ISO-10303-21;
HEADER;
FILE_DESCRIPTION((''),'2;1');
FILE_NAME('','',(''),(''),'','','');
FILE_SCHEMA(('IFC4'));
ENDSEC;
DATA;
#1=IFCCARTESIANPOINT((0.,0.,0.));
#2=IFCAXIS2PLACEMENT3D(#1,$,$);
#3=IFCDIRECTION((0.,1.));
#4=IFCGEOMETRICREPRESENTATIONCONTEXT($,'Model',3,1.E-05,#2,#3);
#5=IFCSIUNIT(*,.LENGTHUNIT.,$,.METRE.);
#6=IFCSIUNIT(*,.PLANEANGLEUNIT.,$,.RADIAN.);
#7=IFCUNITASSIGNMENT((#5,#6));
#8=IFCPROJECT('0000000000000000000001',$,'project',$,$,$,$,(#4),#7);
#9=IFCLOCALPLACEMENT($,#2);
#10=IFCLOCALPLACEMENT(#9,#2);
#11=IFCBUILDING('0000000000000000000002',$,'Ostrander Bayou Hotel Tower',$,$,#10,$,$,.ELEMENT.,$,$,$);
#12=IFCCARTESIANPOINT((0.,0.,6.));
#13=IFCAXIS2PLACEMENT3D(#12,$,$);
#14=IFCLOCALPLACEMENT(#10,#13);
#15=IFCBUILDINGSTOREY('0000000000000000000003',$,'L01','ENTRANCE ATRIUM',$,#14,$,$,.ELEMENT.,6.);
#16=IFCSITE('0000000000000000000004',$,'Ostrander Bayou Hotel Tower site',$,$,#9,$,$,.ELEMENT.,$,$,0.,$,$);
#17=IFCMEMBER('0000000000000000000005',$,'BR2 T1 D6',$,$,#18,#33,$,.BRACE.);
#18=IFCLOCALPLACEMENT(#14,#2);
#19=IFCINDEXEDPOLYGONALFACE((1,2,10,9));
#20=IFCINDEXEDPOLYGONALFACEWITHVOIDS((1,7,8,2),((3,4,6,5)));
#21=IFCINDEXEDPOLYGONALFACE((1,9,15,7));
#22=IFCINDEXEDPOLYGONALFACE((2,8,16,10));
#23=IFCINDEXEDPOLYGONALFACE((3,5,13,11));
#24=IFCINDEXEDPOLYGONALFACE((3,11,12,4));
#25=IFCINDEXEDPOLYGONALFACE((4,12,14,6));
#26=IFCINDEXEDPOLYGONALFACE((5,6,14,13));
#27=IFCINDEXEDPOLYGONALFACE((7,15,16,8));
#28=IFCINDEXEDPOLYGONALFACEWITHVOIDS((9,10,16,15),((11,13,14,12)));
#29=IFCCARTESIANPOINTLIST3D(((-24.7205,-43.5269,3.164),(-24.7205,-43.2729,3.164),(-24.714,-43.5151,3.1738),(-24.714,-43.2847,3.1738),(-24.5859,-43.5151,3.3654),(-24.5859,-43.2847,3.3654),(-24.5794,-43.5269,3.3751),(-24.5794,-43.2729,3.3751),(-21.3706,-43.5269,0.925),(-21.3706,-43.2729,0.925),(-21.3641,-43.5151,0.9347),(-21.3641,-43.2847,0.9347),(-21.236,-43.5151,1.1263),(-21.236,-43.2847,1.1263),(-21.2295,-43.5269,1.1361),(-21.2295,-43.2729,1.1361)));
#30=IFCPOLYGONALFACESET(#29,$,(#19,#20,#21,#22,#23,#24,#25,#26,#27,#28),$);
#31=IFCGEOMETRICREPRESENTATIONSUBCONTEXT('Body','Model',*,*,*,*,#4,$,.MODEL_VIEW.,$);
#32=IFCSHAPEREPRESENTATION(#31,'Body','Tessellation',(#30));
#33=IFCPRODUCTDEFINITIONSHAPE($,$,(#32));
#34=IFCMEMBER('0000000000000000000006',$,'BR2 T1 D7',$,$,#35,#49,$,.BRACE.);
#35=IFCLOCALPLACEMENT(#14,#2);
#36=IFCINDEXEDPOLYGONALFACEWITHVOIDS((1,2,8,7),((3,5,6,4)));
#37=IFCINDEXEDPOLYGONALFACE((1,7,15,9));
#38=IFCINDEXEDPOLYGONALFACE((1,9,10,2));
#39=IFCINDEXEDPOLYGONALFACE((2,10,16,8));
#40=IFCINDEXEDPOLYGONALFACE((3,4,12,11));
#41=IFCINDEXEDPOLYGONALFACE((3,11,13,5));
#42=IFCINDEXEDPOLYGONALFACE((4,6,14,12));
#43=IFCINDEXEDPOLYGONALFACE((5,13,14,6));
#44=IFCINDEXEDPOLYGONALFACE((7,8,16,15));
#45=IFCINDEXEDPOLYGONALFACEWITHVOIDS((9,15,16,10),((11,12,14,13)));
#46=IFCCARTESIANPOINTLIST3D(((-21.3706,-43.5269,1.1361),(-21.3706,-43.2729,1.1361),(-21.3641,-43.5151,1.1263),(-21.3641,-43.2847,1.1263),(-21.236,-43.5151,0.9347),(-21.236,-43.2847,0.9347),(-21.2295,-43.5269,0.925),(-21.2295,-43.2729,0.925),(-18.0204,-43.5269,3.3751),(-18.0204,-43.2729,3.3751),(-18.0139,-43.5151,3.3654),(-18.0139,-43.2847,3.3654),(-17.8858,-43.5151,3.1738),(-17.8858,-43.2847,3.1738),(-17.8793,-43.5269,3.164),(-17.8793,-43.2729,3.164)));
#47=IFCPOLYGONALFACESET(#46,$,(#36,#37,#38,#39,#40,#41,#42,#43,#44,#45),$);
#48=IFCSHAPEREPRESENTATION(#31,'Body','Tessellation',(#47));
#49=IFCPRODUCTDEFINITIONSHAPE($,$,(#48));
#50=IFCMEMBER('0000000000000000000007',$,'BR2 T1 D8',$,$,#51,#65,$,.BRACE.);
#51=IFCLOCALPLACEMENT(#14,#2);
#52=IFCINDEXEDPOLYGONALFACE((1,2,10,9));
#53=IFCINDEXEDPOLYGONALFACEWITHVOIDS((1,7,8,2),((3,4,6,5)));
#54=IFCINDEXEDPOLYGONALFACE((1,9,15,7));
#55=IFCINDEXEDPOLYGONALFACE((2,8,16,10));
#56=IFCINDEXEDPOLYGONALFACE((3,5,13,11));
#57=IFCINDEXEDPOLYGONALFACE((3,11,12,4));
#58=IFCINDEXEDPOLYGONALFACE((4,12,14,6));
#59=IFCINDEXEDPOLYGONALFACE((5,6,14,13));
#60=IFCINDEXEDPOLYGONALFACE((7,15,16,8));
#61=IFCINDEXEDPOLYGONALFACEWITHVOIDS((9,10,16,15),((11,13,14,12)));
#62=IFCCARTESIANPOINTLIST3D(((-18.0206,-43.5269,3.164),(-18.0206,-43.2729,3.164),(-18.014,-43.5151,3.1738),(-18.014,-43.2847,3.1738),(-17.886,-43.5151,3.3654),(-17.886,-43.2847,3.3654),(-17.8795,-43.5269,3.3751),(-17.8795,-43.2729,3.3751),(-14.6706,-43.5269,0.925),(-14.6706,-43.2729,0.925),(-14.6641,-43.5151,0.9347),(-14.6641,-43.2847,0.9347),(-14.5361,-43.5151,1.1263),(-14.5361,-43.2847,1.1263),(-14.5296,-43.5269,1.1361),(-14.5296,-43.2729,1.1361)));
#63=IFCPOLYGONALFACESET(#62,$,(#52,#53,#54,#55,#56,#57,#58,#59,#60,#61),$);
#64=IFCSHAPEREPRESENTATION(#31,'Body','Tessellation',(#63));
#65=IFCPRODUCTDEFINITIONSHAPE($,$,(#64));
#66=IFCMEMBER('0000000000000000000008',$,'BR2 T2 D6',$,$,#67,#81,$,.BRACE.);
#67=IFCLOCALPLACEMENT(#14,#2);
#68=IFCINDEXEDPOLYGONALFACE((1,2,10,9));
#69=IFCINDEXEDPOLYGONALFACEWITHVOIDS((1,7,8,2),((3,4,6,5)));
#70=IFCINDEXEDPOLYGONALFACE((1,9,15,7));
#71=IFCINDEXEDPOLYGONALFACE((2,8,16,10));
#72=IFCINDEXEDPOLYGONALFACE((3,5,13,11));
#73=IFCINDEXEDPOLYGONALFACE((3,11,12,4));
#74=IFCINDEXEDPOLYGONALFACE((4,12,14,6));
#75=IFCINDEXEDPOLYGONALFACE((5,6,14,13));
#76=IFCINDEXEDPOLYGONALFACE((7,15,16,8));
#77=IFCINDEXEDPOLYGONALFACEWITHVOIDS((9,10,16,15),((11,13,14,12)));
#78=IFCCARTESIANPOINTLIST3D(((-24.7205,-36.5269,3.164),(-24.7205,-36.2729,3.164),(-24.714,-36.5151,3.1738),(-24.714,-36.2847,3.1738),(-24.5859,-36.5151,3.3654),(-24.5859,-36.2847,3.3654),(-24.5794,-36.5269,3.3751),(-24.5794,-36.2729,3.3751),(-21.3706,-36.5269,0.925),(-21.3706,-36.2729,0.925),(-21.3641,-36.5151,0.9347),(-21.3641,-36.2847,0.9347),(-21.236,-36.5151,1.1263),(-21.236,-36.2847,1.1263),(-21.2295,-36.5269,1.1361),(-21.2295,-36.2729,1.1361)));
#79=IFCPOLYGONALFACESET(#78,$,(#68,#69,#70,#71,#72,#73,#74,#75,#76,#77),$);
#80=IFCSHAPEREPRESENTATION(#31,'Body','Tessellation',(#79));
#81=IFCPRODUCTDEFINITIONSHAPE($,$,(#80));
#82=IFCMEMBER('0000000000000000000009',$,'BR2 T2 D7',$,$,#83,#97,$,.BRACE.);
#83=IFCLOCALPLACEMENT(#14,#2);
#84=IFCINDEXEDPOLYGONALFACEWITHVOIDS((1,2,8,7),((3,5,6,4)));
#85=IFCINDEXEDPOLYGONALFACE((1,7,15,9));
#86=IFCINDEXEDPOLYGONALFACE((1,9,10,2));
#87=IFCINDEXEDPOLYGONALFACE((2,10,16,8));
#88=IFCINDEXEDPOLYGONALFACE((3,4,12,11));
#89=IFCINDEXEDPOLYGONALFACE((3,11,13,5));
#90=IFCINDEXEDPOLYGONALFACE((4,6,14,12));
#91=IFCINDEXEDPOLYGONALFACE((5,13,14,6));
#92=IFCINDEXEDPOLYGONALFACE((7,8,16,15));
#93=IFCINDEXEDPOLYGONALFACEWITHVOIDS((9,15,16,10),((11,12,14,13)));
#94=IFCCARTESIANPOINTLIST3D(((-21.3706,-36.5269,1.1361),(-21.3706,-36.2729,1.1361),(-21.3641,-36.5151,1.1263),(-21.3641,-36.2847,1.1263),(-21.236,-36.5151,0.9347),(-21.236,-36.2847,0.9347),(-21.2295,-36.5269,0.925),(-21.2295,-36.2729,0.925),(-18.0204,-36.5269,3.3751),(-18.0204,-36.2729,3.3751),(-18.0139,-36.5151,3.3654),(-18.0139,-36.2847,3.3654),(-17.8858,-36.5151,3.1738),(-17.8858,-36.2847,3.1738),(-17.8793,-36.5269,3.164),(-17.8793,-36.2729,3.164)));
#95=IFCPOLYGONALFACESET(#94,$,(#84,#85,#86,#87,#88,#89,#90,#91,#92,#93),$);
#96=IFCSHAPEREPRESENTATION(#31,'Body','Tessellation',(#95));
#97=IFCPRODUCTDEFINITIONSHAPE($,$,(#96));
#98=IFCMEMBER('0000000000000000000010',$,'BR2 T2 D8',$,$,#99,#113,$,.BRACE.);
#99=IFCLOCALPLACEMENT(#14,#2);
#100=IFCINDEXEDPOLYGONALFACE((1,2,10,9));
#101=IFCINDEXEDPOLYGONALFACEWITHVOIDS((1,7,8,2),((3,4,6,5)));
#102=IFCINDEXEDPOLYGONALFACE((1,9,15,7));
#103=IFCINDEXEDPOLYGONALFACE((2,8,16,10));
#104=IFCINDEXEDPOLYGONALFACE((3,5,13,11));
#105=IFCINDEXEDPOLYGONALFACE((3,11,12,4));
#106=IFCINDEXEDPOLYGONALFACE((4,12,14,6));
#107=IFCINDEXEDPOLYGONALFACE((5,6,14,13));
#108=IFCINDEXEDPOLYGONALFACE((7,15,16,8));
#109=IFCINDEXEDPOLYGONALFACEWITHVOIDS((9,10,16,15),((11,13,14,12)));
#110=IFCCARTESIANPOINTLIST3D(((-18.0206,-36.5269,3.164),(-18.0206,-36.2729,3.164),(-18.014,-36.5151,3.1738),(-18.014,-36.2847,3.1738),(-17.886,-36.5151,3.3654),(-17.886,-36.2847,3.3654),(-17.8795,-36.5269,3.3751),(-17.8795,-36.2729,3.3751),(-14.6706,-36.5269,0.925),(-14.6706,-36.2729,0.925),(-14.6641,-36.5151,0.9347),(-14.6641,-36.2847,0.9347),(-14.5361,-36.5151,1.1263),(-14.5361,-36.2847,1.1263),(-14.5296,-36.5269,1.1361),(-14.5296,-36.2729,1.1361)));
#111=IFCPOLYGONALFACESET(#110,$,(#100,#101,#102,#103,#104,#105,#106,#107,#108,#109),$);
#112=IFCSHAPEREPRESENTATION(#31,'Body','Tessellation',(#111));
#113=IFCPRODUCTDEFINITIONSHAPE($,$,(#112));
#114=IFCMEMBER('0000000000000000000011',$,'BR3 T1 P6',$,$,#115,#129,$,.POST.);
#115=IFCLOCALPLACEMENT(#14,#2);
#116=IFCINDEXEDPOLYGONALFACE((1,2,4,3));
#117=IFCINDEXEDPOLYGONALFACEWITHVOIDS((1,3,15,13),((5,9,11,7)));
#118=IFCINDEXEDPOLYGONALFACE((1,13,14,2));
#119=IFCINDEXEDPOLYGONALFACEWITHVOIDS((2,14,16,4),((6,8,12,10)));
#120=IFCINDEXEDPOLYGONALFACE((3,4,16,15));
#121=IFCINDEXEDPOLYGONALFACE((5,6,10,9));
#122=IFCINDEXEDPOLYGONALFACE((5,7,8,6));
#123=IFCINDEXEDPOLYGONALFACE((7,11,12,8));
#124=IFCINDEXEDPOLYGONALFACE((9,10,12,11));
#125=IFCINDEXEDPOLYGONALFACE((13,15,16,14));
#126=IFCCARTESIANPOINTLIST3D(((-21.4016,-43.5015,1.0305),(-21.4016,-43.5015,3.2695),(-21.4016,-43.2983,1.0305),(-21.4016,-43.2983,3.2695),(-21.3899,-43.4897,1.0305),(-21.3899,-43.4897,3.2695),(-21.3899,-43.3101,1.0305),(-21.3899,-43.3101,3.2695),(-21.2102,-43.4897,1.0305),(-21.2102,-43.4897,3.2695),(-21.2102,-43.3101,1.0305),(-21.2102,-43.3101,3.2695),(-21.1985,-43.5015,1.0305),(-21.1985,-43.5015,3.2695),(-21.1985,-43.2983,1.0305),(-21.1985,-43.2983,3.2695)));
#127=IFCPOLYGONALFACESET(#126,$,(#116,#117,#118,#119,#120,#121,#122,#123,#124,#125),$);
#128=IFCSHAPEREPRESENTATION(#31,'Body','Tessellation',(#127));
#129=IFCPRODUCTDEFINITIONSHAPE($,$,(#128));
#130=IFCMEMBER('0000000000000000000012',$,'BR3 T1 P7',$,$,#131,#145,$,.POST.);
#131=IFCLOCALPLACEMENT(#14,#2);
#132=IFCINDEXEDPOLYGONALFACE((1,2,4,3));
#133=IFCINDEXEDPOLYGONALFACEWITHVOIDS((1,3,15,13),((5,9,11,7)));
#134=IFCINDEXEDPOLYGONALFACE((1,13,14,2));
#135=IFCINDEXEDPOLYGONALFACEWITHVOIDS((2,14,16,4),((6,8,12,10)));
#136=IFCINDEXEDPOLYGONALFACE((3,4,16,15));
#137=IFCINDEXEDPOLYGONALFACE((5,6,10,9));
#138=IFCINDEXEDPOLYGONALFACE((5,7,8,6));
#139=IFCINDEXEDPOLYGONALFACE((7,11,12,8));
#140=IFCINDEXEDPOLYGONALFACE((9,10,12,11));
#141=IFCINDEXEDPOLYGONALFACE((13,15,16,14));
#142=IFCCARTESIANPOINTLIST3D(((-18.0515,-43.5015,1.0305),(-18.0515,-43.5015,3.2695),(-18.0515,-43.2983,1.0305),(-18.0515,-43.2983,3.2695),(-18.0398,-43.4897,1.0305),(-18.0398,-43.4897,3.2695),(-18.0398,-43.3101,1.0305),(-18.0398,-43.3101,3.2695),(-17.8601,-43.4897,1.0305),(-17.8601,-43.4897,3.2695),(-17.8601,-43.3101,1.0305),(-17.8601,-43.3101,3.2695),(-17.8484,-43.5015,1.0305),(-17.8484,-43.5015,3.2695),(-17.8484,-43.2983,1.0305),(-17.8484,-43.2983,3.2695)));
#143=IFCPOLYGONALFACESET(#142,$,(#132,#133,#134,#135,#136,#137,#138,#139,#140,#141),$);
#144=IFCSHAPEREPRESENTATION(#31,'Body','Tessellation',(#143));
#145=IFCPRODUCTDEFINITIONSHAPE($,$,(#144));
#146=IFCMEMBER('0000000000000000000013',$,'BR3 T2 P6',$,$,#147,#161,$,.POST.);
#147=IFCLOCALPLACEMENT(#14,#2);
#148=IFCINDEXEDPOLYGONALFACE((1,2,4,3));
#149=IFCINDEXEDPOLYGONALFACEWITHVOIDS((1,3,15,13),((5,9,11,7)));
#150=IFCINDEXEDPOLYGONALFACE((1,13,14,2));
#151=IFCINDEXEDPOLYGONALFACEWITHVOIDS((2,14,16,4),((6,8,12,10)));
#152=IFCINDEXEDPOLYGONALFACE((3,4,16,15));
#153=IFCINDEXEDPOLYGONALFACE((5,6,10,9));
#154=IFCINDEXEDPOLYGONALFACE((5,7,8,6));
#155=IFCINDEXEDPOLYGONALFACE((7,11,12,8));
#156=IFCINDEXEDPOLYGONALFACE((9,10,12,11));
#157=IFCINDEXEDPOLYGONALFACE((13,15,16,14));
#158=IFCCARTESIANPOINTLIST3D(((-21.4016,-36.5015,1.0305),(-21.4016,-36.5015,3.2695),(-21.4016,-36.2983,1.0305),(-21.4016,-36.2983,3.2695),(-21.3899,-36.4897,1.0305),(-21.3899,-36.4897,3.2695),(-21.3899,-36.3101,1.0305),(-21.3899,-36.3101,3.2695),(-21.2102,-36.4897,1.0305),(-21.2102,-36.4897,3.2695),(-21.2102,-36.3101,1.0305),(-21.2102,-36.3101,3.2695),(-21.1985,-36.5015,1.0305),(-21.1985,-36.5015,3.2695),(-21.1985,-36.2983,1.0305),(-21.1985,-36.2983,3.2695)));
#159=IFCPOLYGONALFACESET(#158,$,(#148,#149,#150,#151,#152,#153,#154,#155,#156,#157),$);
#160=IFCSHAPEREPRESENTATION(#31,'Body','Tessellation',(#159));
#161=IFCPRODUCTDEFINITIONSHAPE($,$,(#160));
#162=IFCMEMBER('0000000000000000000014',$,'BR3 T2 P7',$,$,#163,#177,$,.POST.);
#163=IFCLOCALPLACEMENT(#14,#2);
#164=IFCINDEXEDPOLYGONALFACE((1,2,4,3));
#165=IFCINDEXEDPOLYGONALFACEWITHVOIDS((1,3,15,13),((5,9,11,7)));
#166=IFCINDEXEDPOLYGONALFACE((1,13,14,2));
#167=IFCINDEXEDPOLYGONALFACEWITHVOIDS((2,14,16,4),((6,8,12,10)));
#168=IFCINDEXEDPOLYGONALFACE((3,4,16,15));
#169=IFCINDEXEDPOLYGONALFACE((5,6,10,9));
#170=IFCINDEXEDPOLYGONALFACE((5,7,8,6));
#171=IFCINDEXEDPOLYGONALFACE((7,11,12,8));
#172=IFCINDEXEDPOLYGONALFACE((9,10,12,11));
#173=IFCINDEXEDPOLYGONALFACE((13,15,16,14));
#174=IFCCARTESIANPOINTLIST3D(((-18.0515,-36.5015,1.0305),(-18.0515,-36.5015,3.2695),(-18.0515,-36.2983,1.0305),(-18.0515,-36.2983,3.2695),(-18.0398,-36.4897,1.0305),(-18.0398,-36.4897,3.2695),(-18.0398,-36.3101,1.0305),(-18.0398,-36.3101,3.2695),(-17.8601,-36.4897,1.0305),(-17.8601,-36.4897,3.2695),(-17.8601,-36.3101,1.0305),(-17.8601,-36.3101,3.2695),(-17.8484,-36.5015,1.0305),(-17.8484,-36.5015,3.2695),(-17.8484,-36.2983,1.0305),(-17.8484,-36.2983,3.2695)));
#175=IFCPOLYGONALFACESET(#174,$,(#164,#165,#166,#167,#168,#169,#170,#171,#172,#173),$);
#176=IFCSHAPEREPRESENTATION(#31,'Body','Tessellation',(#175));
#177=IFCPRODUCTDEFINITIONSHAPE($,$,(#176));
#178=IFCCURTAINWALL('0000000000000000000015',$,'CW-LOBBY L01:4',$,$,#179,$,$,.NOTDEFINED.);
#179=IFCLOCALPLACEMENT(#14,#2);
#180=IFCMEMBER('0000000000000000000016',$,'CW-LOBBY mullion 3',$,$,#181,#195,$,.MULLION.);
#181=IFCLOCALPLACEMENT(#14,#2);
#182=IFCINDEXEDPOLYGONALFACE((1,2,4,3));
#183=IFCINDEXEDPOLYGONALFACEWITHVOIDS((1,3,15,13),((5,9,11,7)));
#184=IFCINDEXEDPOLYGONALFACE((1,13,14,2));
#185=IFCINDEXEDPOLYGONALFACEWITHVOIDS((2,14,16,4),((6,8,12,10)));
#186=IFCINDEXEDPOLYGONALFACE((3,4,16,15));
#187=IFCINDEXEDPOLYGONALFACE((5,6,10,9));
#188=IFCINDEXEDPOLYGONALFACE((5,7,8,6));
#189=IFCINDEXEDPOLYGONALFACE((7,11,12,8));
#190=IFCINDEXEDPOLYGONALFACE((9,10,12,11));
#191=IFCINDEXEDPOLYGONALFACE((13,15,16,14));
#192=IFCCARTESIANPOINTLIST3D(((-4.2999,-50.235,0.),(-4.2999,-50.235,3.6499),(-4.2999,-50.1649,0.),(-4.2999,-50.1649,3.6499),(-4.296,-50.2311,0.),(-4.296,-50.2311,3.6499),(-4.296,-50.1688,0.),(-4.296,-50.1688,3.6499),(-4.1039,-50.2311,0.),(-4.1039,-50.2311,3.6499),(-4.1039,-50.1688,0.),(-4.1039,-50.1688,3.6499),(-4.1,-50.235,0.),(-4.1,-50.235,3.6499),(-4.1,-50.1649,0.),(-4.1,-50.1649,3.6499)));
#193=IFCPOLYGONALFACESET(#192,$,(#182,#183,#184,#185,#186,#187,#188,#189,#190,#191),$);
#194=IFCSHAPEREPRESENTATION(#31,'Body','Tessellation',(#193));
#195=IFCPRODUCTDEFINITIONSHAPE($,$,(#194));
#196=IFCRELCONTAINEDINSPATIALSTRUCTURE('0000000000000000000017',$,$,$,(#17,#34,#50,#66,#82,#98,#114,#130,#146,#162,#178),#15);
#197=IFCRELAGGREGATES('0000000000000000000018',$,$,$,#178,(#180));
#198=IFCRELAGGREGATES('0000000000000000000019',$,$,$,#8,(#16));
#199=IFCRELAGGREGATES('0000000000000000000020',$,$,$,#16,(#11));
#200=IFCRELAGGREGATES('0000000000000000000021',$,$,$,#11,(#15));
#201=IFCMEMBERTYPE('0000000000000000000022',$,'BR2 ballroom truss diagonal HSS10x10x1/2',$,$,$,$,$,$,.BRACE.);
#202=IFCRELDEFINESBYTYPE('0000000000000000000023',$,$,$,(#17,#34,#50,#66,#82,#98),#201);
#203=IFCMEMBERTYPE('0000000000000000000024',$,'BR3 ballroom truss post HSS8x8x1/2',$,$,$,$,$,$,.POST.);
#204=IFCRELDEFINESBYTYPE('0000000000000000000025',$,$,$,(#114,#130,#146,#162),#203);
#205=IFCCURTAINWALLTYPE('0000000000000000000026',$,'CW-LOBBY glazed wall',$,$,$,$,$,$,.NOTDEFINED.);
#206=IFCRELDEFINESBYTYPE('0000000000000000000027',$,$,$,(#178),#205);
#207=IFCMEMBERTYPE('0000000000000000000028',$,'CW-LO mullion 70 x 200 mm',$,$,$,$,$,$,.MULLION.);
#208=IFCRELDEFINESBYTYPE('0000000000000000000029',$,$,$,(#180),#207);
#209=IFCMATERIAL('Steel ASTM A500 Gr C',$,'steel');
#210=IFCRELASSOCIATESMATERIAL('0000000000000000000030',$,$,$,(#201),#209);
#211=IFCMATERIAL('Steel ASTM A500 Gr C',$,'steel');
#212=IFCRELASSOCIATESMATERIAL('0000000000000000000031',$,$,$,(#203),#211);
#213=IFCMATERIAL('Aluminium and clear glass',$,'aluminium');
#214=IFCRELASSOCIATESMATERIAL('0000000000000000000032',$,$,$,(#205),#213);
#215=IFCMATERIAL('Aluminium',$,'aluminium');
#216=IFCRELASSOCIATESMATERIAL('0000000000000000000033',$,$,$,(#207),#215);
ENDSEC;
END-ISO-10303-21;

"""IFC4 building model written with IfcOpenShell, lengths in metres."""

from ifc_helpers import new_model, si_unit, direction, frame, origin, origin_2d, place, context, subcontext, project, spatial, hollow_rectangle, extrude, material, material_profile, profile_set, type_object, element, aggregate, save


model = new_model("IFC4")

# Units and contexts
model_context = context("Model", 3, precision=1e-05, world=origin(), true_north=direction((0.0, 1.0)))
body_context = subcontext(model_context, "Body", "Model", "MODEL_VIEW")
ifc_project = project(units=[si_unit("LENGTHUNIT", "METRE"), si_unit("PLANEANGLEUNIT", "RADIAN")], contexts=[model_context])

# Site, building, storey
site_placement = place(None, origin())
site = spatial("IfcSite", under=ifc_project, at=site_placement, Name="Ostrander Bayou Hotel Tower site", CompositionType="ELEMENT", RefElevation=0.0)
building_placement = place(site_placement, origin())
building = spatial("IfcBuilding", under=site, at=building_placement, Name="Ostrander Bayou Hotel Tower", CompositionType="ELEMENT")
storey_placement = place(building_placement, frame((0.0, 0.0, 6.0)))
storey = spatial("IfcBuildingStorey", under=building, at=storey_placement, Name="L01", Description="ENTRANCE ATRIUM", CompositionType="ELEMENT", Elevation=6.0)

# Members
ifc_material_1 = material(Name="Steel ASTM A500 Gr C", Category="steel")
ifc_material_profile_1 = material_profile(ifc_material_1, hollow_rectangle(XDim=0.2539, YDim=0.2539, WallThickness=0.0117, at=origin_2d()))
ifc_profile_set_1 = profile_set([ifc_material_profile_1], Name="Steel ASTM A500 Gr C")
member_type_1 = type_object("IfcMemberType", Name="BR2 ballroom truss diagonal HSS10x10x1/2", PredefinedType="BRACE", material=ifc_profile_set_1)
member_1_placement = place(storey_placement, frame((-21.3, -43.3999, 1.0305), z_axis=(-0.831388, 0.0, 0.555693), x_axis=(0.0, -1.0, 0.0)))
element("IfcMember", 1, at=member_1_placement, inside=storey, type_object=member_type_1, Name="BR2 T1 D6", PredefinedType="BRACE", context=body_context, shape_type="SweptSolid", body=[
    extrude(hollow_rectangle(XDim=0.2539, YDim=0.2539, WallThickness=0.0117, at=origin_2d()), origin(), (0.0, 0.0, 1.0), 4.0293),
])
member_2_placement = place(storey_placement, frame((-21.3, -43.3999, 1.0305), z_axis=(0.831407, 0.0, 0.555665), x_axis=(0.0, 1.0, 0.0)))
element("IfcMember", 2, at=member_2_placement, inside=storey, type_object=member_type_1, Name="BR2 T1 D7", PredefinedType="BRACE", context=body_context, shape_type="SweptSolid", body=[
    extrude(hollow_rectangle(XDim=0.2539, YDim=0.2539, WallThickness=0.0117, at=origin_2d()), origin(), (0.0, 0.0, 1.0), 4.0295),
])
for number, where, z_axis, x_axis, name in (
    (3, (-14.6001, -43.3999, 1.0305), (-0.831388, 0.0, 0.555693), (0.0, -1.0, 0.0), "BR2 T1 D8"),
    (4, (-21.3, -36.3999, 1.0305), (-0.831388, 0.0, 0.555693), (0.0, -1.0, 0.0), "BR2 T2 D6"),
):
    element("IfcMember", number, at=place(storey_placement, frame(where, z_axis=z_axis, x_axis=x_axis)), inside=storey, type_object=member_type_1, Name=name, PredefinedType="BRACE", context=body_context, shape_type="SweptSolid", body=[
        extrude(hollow_rectangle(XDim=0.2539, YDim=0.2539, WallThickness=0.0117, at=origin_2d()), origin(), (0.0, 0.0, 1.0), 4.0293),
    ])
member_3_placement = place(storey_placement, frame((-21.3, -36.3999, 1.0305), z_axis=(0.831407, 0.0, 0.555665), x_axis=(0.0, 1.0, 0.0)))
element("IfcMember", 5, at=member_3_placement, inside=storey, type_object=member_type_1, Name="BR2 T2 D7", PredefinedType="BRACE", context=body_context, shape_type="SweptSolid", body=[
    extrude(hollow_rectangle(XDim=0.2539, YDim=0.2539, WallThickness=0.0117, at=origin_2d()), origin(), (0.0, 0.0, 1.0), 4.0295),
])
member_4_placement = place(storey_placement, frame((-14.6001, -36.3999, 1.0305), z_axis=(-0.831388, 0.0, 0.555693), x_axis=(0.0, -1.0, 0.0)))
element("IfcMember", 6, at=member_4_placement, inside=storey, type_object=member_type_1, Name="BR2 T2 D8", PredefinedType="BRACE", context=body_context, shape_type="SweptSolid", body=[
    extrude(hollow_rectangle(XDim=0.2539, YDim=0.2539, WallThickness=0.0117, at=origin_2d()), origin(), (0.0, 0.0, 1.0), 4.0293),
])
ifc_material_2 = material(Name="Steel ASTM A500 Gr C", Category="steel")
ifc_material_profile_2 = material_profile(ifc_material_2, hollow_rectangle(XDim=0.2031, YDim=0.2031, WallThickness=0.0117, at=origin_2d()))
ifc_profile_set_2 = profile_set([ifc_material_profile_2], Name="Steel ASTM A500 Gr C")
member_type_2 = type_object("IfcMemberType", Name="BR3 ballroom truss post HSS8x8x1/2", PredefinedType="POST", material=ifc_profile_set_2)
for number, where, z_axis, x_axis, name in (
    (7, (-21.3, -43.3999, 1.0305), (0.0, 0.0, 1.0), (1.0, 0.0, 0.0), "BR3 T1 P6"),
    (8, (-17.95, -43.3999, 1.0305), (0.0, 0.0, 1.0), (1.0, 0.0, 0.0), "BR3 T1 P7"),
    (9, (-21.3, -36.3999, 1.0305), (0.0, 0.0, 1.0), (1.0, 0.0, 0.0), "BR3 T2 P6"),
    (10, (-17.95, -36.3999, 1.0305), (0.0, 0.0, 1.0), (1.0, 0.0, 0.0), "BR3 T2 P7"),
):
    element("IfcMember", number, at=place(storey_placement, frame(where, z_axis=z_axis, x_axis=x_axis)), inside=storey, type_object=member_type_2, Name=name, PredefinedType="POST", context=body_context, shape_type="SweptSolid", body=[
        extrude(hollow_rectangle(XDim=0.2031, YDim=0.2031, WallThickness=0.0117, at=origin_2d()), origin(), (0.0, 0.0, 1.0), 2.239),
    ])

# Curtain wall, member
ifc_material_3 = material(Name="Aluminium and clear glass", Category="aluminium")
curtain_wall_type = type_object("IfcCurtainWallType", Name="CW-LOBBY glazed wall", PredefinedType="NOTDEFINED", material=ifc_material_3)
curtain_wall_placement = place(storey_placement, origin())
curtain_wall = element("IfcCurtainWall", 11, at=curtain_wall_placement, inside=storey, type_object=curtain_wall_type, Name="CW-LOBBY L01:4", PredefinedType="NOTDEFINED")
ifc_material_4 = material(Name="Aluminium", Category="aluminium")
ifc_material_profile_3 = material_profile(ifc_material_4, hollow_rectangle(XDim=0.0701, YDim=0.2, WallThickness=0.0039, at=origin_2d()))
ifc_profile_set_3 = profile_set([ifc_material_profile_3], Name="Aluminium")
member_type_3 = type_object("IfcMemberType", Name="CW-LO mullion 70 x 200 mm", PredefinedType="MULLION", material=ifc_profile_set_3)
member_5_placement = place(storey_placement, frame((-4.2, -50.2, 0.0), z_axis=(0.0, 0.0, 1.0), x_axis=(0.0, -1.0, 0.0)))
member_5 = element("IfcMember", 12, at=member_5_placement, type_object=member_type_3, Name="CW-LOBBY mullion 3", PredefinedType="MULLION", context=body_context, shape_type="SweptSolid", body=[
    extrude(hollow_rectangle(XDim=0.0701, YDim=0.2, WallThickness=0.0039, at=origin_2d()), origin(), (0.0, 0.0, 1.0), 3.6499),
])
aggregate(curtain_wall, [member_5])

save(model, "model.ifc")
